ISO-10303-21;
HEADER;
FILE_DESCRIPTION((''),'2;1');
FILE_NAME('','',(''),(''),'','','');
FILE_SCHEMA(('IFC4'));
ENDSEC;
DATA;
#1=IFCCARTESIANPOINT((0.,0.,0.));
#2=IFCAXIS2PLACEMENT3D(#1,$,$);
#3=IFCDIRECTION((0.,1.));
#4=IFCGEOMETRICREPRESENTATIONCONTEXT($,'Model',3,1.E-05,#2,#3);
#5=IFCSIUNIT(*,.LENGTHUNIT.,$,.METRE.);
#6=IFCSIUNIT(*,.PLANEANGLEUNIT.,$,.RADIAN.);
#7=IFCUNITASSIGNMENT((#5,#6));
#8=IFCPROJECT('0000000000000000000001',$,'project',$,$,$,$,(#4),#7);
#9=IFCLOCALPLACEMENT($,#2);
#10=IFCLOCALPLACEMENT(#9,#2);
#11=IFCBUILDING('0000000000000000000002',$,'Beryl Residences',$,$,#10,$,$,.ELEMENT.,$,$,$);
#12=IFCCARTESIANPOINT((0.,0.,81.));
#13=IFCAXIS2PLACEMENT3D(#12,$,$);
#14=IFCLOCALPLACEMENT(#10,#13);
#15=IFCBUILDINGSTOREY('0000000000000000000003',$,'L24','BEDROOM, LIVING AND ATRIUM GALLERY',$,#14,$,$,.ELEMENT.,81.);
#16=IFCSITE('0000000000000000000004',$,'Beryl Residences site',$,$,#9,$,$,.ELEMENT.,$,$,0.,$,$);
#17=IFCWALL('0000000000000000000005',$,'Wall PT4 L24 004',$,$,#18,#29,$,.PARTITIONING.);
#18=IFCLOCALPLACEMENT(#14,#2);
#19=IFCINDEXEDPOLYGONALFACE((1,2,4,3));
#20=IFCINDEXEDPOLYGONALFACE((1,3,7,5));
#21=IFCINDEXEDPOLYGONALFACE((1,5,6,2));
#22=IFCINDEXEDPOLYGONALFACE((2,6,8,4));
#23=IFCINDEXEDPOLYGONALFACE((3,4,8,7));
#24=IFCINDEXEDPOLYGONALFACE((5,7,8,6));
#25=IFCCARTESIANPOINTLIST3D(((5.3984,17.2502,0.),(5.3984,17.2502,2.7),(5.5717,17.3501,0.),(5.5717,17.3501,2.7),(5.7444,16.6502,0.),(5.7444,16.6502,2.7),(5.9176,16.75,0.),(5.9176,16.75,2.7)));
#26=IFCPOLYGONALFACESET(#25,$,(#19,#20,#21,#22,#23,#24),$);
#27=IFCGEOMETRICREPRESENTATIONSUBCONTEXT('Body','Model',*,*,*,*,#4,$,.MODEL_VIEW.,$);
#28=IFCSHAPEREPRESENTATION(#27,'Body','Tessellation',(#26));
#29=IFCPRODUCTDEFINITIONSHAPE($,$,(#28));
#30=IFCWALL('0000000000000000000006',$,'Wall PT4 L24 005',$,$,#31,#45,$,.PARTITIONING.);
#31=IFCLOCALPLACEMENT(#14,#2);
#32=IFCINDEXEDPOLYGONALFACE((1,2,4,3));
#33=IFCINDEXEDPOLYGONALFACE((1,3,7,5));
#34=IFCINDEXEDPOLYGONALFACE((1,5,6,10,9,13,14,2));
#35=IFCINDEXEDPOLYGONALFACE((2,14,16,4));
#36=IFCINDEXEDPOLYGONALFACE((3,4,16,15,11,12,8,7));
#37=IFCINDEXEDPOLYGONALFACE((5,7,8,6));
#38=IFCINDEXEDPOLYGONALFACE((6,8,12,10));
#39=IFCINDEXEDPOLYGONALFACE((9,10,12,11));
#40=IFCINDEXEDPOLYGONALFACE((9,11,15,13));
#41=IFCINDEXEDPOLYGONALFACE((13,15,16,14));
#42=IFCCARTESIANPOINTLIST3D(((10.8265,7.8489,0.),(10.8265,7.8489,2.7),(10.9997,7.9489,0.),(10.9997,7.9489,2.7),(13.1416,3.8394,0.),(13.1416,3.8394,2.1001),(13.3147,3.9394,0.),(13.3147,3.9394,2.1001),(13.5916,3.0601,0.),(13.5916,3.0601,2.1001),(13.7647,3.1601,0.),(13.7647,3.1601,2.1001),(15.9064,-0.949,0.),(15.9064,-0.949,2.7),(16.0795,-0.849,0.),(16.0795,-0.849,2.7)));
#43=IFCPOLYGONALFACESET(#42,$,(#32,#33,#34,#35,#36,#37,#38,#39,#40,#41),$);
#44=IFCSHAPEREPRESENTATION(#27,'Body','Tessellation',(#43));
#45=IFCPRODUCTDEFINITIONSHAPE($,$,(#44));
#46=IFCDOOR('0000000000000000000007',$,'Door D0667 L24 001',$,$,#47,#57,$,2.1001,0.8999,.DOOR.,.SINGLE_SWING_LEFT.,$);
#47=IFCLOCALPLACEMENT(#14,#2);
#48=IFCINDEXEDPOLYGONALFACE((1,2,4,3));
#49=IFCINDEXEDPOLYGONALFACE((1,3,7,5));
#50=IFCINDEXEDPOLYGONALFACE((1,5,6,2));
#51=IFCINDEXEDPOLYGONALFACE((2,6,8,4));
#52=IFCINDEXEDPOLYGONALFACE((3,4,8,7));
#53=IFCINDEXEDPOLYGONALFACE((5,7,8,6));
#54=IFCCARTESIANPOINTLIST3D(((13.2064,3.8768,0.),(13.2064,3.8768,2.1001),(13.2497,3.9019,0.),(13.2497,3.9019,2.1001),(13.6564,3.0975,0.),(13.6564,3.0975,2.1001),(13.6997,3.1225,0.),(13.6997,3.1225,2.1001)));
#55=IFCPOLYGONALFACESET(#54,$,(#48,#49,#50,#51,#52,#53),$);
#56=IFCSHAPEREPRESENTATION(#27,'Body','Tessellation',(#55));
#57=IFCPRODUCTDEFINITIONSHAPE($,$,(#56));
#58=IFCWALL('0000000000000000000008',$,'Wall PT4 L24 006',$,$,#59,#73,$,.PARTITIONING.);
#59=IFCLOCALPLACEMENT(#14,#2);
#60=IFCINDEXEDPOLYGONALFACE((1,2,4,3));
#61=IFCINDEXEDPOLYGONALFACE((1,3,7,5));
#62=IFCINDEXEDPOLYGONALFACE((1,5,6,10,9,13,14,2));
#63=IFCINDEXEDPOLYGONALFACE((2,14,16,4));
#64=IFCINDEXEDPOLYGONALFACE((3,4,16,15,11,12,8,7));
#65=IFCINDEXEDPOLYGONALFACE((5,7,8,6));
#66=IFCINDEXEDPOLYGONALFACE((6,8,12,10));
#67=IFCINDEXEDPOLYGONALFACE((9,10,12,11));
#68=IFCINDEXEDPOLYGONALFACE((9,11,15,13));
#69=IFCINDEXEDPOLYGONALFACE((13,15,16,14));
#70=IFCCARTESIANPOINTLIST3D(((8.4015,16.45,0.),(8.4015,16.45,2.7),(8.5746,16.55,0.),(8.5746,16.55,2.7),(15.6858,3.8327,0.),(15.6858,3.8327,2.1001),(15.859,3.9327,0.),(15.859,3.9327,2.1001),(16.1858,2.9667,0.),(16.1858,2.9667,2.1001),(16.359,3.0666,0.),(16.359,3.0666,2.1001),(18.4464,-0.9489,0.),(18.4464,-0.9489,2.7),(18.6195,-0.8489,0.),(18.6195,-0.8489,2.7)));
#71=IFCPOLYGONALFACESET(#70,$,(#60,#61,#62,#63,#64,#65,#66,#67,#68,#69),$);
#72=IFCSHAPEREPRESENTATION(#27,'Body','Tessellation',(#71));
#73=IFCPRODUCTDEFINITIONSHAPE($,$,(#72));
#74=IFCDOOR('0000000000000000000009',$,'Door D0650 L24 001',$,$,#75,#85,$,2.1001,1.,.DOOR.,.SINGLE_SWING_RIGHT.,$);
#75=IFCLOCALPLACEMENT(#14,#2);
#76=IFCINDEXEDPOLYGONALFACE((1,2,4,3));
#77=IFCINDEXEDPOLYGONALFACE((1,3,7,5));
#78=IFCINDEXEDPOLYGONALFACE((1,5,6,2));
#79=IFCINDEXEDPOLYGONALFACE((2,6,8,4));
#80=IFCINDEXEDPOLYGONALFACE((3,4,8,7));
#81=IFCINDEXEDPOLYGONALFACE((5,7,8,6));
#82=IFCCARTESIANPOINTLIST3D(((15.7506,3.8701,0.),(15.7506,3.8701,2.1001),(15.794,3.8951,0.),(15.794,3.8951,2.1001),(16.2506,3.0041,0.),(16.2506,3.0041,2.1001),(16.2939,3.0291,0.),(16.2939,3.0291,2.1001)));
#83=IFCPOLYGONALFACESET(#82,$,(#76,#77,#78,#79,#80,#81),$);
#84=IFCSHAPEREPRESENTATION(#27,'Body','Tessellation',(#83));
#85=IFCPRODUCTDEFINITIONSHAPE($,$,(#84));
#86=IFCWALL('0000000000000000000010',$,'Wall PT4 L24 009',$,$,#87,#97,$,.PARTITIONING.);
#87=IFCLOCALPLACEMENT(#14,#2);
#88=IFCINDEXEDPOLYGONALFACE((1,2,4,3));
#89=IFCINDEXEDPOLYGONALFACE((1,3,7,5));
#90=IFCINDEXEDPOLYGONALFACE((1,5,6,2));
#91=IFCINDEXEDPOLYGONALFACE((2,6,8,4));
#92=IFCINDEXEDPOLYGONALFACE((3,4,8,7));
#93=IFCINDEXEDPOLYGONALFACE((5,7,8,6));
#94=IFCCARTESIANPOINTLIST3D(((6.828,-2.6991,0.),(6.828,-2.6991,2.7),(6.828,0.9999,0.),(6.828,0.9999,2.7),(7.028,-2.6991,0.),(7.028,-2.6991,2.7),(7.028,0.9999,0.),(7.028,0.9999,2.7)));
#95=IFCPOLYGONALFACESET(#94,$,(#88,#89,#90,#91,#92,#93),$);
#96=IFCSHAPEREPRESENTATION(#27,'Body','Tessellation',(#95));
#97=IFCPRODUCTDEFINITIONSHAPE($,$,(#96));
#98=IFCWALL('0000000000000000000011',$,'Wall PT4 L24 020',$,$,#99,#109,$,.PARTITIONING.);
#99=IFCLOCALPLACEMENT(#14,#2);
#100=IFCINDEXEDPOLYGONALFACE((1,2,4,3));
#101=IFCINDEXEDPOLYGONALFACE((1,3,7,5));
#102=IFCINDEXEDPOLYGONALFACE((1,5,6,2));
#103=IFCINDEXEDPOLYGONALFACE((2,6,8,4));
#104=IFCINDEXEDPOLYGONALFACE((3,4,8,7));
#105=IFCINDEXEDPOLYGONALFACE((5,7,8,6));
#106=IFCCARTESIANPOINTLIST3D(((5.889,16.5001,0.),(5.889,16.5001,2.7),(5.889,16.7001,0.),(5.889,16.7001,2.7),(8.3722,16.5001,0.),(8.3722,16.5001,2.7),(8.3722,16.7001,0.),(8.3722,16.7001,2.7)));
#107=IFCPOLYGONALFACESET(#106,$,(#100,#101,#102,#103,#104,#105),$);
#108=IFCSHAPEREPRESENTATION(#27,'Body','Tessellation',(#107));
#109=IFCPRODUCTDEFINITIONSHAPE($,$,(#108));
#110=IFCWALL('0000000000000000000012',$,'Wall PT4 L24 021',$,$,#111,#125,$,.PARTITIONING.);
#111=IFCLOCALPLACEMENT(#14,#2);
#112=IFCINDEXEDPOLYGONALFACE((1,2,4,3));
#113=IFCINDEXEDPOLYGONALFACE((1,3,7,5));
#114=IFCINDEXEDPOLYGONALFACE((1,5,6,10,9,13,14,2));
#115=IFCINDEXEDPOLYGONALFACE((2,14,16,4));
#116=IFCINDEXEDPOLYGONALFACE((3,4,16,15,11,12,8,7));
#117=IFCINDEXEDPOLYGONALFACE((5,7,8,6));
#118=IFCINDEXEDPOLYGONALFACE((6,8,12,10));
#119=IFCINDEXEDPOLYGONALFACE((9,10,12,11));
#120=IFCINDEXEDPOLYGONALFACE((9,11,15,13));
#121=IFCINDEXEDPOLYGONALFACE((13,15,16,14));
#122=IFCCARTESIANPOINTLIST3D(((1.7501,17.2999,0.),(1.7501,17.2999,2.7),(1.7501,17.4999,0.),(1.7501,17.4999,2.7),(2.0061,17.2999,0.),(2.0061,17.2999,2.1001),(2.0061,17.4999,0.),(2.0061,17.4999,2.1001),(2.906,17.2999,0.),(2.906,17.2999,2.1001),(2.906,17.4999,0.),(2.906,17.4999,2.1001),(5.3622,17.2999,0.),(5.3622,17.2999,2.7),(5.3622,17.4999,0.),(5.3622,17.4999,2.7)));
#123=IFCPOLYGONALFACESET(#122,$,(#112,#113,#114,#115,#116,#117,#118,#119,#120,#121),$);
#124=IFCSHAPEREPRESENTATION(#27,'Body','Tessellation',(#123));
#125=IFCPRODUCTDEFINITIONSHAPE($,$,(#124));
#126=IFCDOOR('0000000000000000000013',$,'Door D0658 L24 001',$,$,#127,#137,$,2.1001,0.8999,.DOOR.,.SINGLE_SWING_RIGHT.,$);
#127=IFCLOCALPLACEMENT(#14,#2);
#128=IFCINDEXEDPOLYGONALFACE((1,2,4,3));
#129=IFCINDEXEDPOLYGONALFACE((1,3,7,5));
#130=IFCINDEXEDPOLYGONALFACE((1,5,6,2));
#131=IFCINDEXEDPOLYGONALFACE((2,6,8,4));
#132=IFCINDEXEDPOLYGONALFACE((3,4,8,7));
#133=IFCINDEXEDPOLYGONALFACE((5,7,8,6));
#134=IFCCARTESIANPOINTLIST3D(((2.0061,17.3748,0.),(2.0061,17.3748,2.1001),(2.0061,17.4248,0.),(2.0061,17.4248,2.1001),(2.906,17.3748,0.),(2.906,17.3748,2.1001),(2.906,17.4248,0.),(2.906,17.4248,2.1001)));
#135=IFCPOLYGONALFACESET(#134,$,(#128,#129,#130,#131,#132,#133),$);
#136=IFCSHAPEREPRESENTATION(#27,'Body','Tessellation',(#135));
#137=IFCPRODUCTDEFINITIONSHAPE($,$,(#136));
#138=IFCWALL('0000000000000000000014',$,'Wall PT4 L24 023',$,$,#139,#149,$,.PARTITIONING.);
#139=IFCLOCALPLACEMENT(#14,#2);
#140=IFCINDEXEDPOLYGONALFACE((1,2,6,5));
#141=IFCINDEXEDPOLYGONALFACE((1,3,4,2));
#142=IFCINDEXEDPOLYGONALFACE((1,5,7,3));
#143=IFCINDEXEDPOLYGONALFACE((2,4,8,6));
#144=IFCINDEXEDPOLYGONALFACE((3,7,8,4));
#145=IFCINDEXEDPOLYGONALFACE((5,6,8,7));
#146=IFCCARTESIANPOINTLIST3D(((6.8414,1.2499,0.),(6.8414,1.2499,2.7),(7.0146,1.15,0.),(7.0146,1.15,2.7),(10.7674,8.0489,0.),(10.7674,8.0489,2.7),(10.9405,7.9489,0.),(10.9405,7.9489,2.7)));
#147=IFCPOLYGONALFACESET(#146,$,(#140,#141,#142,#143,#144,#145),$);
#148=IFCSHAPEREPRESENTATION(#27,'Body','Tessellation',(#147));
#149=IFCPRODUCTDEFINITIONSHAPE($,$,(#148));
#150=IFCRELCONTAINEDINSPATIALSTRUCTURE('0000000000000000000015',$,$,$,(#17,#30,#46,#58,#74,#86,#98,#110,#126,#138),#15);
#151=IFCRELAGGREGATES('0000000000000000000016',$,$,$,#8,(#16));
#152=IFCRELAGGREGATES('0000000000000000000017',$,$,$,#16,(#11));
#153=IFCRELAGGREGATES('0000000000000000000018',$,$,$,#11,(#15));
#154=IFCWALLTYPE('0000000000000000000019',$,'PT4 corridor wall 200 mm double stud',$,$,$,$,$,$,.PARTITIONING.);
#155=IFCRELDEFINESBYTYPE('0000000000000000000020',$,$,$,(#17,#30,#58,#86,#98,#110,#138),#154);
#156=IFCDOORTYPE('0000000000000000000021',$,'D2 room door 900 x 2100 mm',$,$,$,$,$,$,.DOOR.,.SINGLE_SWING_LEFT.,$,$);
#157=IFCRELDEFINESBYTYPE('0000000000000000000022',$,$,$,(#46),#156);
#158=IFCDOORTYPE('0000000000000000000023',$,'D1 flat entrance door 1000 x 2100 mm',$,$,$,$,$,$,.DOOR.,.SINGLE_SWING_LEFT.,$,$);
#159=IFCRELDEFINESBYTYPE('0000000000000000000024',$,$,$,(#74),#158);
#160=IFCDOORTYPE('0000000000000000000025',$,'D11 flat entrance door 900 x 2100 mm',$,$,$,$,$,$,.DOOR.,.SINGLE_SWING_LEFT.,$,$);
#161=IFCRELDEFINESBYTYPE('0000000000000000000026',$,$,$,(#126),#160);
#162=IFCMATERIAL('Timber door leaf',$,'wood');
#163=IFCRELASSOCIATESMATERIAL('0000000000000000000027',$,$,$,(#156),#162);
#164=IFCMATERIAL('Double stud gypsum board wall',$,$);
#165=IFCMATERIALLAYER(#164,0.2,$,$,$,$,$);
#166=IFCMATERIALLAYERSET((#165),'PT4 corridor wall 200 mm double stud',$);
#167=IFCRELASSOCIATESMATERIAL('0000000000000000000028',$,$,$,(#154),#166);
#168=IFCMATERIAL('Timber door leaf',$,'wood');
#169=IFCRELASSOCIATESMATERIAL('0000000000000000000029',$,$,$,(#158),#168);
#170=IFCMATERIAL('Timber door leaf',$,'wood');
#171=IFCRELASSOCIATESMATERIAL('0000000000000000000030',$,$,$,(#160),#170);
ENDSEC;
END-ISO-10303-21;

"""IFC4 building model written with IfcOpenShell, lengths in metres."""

from ifc_helpers import new_model, si_unit, direction, frame, frame_2d, origin, place, context, subcontext, project, spatial, rectangle, extrude, material, layer, layer_set, type_object, element, fill, save


model = new_model("IFC4")

# Units and contexts
model_context = context("Model", 3, precision=1e-05, world=origin(), true_north=direction((0.0, 1.0)))
body_context = subcontext(model_context, "Body", "Model", "MODEL_VIEW")
ifc_project = project(units=[si_unit("LENGTHUNIT", "METRE"), si_unit("PLANEANGLEUNIT", "RADIAN")], contexts=[model_context])

# Site, building, storey
site_placement = place(None, origin())
site = spatial("IfcSite", under=ifc_project, at=site_placement, Name="Beryl Residences site", CompositionType="ELEMENT", RefElevation=0.0)
building_placement = place(site_placement, origin())
building = spatial("IfcBuilding", under=site, at=building_placement, Name="Beryl Residences", CompositionType="ELEMENT")
storey_placement = place(building_placement, frame((0.0, 0.0, 81.0)))
storey = spatial("IfcBuildingStorey", under=building, at=storey_placement, Name="L24", Description="BEDROOM, LIVING AND ATRIUM GALLERY", CompositionType="ELEMENT", Elevation=81.0)

# Shared definitions
ifc_material_1 = material(Name="Timber door leaf", Category="wood")
door_type_1 = type_object("IfcDoorType", Name="D2 room door 900 x 2100 mm", OperationType="SINGLE_SWING_LEFT", PredefinedType="DOOR", material=ifc_material_1)

# Wall
ifc_material_2 = material(Name="Double stud gypsum board wall")
ifc_layer_1 = layer(ifc_material_2, 0.2)
ifc_layer_set_1 = layer_set([ifc_layer_1], Name="PT4 corridor wall 200 mm double stud")
wall_type_1 = type_object("IfcWallType", Name="PT4 corridor wall 200 mm double stud", PredefinedType="PARTITIONING", material=ifc_layer_set_1)
wall_1_placement = place(storey_placement, frame((5.4851, 17.3, 0.0), z_axis=(0.0, 0.0, 1.0), x_axis=(0.499438, -0.86635, 0.0)))
element("IfcWall", 1, at=wall_1_placement, inside=storey, type_object=wall_type_1, Name="Wall PT4 L24 004", PredefinedType="PARTITIONING", context=body_context, shape_type="SweptSolid", body=[
    extrude(rectangle(XDim=0.6926, YDim=0.2, at=frame_2d((0.3462, 0.0))), origin(), (0.0, 0.0, 1.0), 2.7),
])

# Walls, openings, doors
wall_2_placement = place(storey_placement, frame((10.9131, 7.8989, 0.0), z_axis=(0.0, 0.0, 1.0), x_axis=(0.500029, -0.866009, 0.0)))
wall_2 = element("IfcWall", 2, at=wall_2_placement, inside=storey, type_object=wall_type_1, Name="Wall PT4 L24 005", PredefinedType="PARTITIONING", context=body_context, shape_type="SweptSolid", body=[
    extrude(rectangle(XDim=10.1592, YDim=0.2, at=frame_2d((5.0796, 0.0))), origin(), (0.0, 0.0, 1.0), 2.7),
])
opening_1_placement = place(wall_2_placement, frame((4.6299, 0.0, 0.0)))
opening_1 = element("IfcOpeningElement", 3, at=opening_1_placement, cuts=wall_2, PredefinedType="OPENING", context=body_context, shape_type="SweptSolid", body=[
    extrude(rectangle(XDim=0.8999, YDim=2.1001, at=frame_2d((0.45, 1.05))), frame((0.0, 0.1099, 0.0), z_axis=(0.0, -1.0, 0.0), x_axis=(1.0, 0.0, 0.0)), (0.0, 0.0, 1.0), 0.22),
])
door_1_placement = place(opening_1_placement, origin())
door_1 = element("IfcDoor", 4, at=door_1_placement, inside=storey, type_object=door_type_1, Name="Door D0667 L24 001", OperationType="SINGLE_SWING_LEFT", OverallHeight=2.1001, OverallWidth=0.8999, PredefinedType="DOOR", context=body_context, shape_type="SweptSolid", body=[
    extrude(rectangle(XDim=0.8999, YDim=2.1001, at=frame_2d((0.45, 1.05))), frame((0.0, 0.0249, 0.0), z_axis=(0.0, -1.0, 0.0), x_axis=(1.0, 0.0, 0.0)), (0.0, 0.0, 1.0), 0.05),
])
fill(opening_1, door_1)
wall_3_placement = place(storey_placement, frame((8.488, 16.5, 0.0), z_axis=(0.0, 0.0, 1.0), x_axis=(0.499987, -0.866033, 0.0)))
wall_3 = element("IfcWall", 5, at=wall_3_placement, inside=storey, type_object=wall_type_1, Name="Wall PT4 L24 006", PredefinedType="PARTITIONING", context=body_context, shape_type="SweptSolid", body=[
    extrude(rectangle(XDim=20.0903, YDim=0.2, at=frame_2d((10.0452, 0.0))), origin(), (0.0, 0.0, 1.0), 2.7),
])
opening_2_placement = place(wall_3_placement, frame((14.5691, 0.0, 0.0)))
opening_2 = element("IfcOpeningElement", 6, at=opening_2_placement, cuts=wall_3, PredefinedType="OPENING", context=body_context, shape_type="SweptSolid", body=[
    extrude(rectangle(XDim=1.0, YDim=2.1001, at=frame_2d((0.5, 1.05))), frame((0.0, 0.1099, 0.0), z_axis=(0.0, -1.0, 0.0), x_axis=(1.0, 0.0, 0.0)), (0.0, 0.0, 1.0), 0.22),
])
ifc_material_3 = material(Name="Timber door leaf", Category="wood")
door_type_2 = type_object("IfcDoorType", Name="D1 flat entrance door 1000 x 2100 mm", OperationType="SINGLE_SWING_LEFT", PredefinedType="DOOR", material=ifc_material_3)
door_2_placement = place(opening_2_placement, origin())
door_2 = element("IfcDoor", 7, at=door_2_placement, inside=storey, type_object=door_type_2, Name="Door D0650 L24 001", OperationType="SINGLE_SWING_RIGHT", OverallHeight=2.1001, OverallWidth=1.0, PredefinedType="DOOR", context=body_context, shape_type="SweptSolid", body=[
    extrude(rectangle(XDim=1.0, YDim=2.1001, at=frame_2d((0.5, 1.05))), frame((0.0, 0.0249, 0.0), z_axis=(0.0, -1.0, 0.0), x_axis=(1.0, 0.0, 0.0)), (0.0, 0.0, 1.0), 0.05),
])
fill(opening_2, door_2)

# Walls
wall_4_placement = place(storey_placement, frame((6.928, 1.0, 0.0), z_axis=(0.0, 0.0, 1.0), x_axis=(0.0, -1.0, 0.0)))
element("IfcWall", 8, at=wall_4_placement, inside=storey, type_object=wall_type_1, Name="Wall PT4 L24 009", PredefinedType="PARTITIONING", context=body_context, shape_type="SweptSolid", body=[
    extrude(rectangle(XDim=3.699, YDim=0.2, at=frame_2d((1.8496, 0.0))), origin(), (0.0, 0.0, 1.0), 2.7),
])
wall_5_placement = place(storey_placement, frame((5.8889, 16.6001, 0.0), z_axis=(0.0, 0.0, 1.0), x_axis=(1.0, 0.0, 0.0)))
element("IfcWall", 9, at=wall_5_placement, inside=storey, type_object=wall_type_1, Name="Wall PT4 L24 020", PredefinedType="PARTITIONING", context=body_context, shape_type="SweptSolid", body=[
    extrude(rectangle(XDim=2.4832, YDim=0.2, at=frame_2d((1.2417, 0.0))), origin(), (0.0, 0.0, 1.0), 2.7),
])

# Wall, opening, door
wall_6_placement = place(storey_placement, frame((1.75, 17.3999, 0.0), z_axis=(0.0, 0.0, 1.0), x_axis=(1.0, 0.0, 0.0)))
wall_6 = element("IfcWall", 10, at=wall_6_placement, inside=storey, type_object=wall_type_1, Name="Wall PT4 L24 021", PredefinedType="PARTITIONING", context=body_context, shape_type="SweptSolid", body=[
    extrude(rectangle(XDim=3.6121, YDim=0.2, at=frame_2d((1.8062, 0.0))), origin(), (0.0, 0.0, 1.0), 2.7),
])
opening_3_placement = place(wall_6_placement, frame((0.2561, 0.0, 0.0)))
opening_3 = element("IfcOpeningElement", 11, at=opening_3_placement, cuts=wall_6, PredefinedType="OPENING", context=body_context, shape_type="SweptSolid", body=[
    extrude(rectangle(XDim=0.8999, YDim=2.1001, at=frame_2d((0.45, 1.05))), frame((0.0, 0.1099, 0.0), z_axis=(0.0, -1.0, 0.0), x_axis=(1.0, 0.0, 0.0)), (0.0, 0.0, 1.0), 0.22),
])
ifc_material_4 = material(Name="Timber door leaf", Category="wood")
door_type_3 = type_object("IfcDoorType", Name="D11 flat entrance door 900 x 2100 mm", OperationType="SINGLE_SWING_LEFT", PredefinedType="DOOR", material=ifc_material_4)
door_3_placement = place(opening_3_placement, origin())
door_3 = element("IfcDoor", 12, at=door_3_placement, inside=storey, type_object=door_type_3, Name="Door D0658 L24 001", OperationType="SINGLE_SWING_RIGHT", OverallHeight=2.1001, OverallWidth=0.8999, PredefinedType="DOOR", context=body_context, shape_type="SweptSolid", body=[
    extrude(rectangle(XDim=0.8999, YDim=2.1001, at=frame_2d((0.45, 1.05))), frame((0.0, 0.0249, 0.0), z_axis=(0.0, -1.0, 0.0), x_axis=(1.0, 0.0, 0.0)), (0.0, 0.0, 1.0), 0.05),
])
fill(opening_3, door_3)

# Wall
wall_7_placement = place(storey_placement, frame((6.928, 1.2, 0.0), z_axis=(0.0, 0.0, 1.0), x_axis=(0.500055, 0.865993, 0.0)))
element("IfcWall", 13, at=wall_7_placement, inside=storey, type_object=wall_type_1, Name="Wall PT4 L24 023", PredefinedType="PARTITIONING", context=body_context, shape_type="SweptSolid", body=[
    extrude(rectangle(XDim=7.8511, YDim=0.2, at=frame_2d((3.9255, 0.0))), origin(), (0.0, 0.0, 1.0), 2.7),
])

save(model, "model.ifc")
